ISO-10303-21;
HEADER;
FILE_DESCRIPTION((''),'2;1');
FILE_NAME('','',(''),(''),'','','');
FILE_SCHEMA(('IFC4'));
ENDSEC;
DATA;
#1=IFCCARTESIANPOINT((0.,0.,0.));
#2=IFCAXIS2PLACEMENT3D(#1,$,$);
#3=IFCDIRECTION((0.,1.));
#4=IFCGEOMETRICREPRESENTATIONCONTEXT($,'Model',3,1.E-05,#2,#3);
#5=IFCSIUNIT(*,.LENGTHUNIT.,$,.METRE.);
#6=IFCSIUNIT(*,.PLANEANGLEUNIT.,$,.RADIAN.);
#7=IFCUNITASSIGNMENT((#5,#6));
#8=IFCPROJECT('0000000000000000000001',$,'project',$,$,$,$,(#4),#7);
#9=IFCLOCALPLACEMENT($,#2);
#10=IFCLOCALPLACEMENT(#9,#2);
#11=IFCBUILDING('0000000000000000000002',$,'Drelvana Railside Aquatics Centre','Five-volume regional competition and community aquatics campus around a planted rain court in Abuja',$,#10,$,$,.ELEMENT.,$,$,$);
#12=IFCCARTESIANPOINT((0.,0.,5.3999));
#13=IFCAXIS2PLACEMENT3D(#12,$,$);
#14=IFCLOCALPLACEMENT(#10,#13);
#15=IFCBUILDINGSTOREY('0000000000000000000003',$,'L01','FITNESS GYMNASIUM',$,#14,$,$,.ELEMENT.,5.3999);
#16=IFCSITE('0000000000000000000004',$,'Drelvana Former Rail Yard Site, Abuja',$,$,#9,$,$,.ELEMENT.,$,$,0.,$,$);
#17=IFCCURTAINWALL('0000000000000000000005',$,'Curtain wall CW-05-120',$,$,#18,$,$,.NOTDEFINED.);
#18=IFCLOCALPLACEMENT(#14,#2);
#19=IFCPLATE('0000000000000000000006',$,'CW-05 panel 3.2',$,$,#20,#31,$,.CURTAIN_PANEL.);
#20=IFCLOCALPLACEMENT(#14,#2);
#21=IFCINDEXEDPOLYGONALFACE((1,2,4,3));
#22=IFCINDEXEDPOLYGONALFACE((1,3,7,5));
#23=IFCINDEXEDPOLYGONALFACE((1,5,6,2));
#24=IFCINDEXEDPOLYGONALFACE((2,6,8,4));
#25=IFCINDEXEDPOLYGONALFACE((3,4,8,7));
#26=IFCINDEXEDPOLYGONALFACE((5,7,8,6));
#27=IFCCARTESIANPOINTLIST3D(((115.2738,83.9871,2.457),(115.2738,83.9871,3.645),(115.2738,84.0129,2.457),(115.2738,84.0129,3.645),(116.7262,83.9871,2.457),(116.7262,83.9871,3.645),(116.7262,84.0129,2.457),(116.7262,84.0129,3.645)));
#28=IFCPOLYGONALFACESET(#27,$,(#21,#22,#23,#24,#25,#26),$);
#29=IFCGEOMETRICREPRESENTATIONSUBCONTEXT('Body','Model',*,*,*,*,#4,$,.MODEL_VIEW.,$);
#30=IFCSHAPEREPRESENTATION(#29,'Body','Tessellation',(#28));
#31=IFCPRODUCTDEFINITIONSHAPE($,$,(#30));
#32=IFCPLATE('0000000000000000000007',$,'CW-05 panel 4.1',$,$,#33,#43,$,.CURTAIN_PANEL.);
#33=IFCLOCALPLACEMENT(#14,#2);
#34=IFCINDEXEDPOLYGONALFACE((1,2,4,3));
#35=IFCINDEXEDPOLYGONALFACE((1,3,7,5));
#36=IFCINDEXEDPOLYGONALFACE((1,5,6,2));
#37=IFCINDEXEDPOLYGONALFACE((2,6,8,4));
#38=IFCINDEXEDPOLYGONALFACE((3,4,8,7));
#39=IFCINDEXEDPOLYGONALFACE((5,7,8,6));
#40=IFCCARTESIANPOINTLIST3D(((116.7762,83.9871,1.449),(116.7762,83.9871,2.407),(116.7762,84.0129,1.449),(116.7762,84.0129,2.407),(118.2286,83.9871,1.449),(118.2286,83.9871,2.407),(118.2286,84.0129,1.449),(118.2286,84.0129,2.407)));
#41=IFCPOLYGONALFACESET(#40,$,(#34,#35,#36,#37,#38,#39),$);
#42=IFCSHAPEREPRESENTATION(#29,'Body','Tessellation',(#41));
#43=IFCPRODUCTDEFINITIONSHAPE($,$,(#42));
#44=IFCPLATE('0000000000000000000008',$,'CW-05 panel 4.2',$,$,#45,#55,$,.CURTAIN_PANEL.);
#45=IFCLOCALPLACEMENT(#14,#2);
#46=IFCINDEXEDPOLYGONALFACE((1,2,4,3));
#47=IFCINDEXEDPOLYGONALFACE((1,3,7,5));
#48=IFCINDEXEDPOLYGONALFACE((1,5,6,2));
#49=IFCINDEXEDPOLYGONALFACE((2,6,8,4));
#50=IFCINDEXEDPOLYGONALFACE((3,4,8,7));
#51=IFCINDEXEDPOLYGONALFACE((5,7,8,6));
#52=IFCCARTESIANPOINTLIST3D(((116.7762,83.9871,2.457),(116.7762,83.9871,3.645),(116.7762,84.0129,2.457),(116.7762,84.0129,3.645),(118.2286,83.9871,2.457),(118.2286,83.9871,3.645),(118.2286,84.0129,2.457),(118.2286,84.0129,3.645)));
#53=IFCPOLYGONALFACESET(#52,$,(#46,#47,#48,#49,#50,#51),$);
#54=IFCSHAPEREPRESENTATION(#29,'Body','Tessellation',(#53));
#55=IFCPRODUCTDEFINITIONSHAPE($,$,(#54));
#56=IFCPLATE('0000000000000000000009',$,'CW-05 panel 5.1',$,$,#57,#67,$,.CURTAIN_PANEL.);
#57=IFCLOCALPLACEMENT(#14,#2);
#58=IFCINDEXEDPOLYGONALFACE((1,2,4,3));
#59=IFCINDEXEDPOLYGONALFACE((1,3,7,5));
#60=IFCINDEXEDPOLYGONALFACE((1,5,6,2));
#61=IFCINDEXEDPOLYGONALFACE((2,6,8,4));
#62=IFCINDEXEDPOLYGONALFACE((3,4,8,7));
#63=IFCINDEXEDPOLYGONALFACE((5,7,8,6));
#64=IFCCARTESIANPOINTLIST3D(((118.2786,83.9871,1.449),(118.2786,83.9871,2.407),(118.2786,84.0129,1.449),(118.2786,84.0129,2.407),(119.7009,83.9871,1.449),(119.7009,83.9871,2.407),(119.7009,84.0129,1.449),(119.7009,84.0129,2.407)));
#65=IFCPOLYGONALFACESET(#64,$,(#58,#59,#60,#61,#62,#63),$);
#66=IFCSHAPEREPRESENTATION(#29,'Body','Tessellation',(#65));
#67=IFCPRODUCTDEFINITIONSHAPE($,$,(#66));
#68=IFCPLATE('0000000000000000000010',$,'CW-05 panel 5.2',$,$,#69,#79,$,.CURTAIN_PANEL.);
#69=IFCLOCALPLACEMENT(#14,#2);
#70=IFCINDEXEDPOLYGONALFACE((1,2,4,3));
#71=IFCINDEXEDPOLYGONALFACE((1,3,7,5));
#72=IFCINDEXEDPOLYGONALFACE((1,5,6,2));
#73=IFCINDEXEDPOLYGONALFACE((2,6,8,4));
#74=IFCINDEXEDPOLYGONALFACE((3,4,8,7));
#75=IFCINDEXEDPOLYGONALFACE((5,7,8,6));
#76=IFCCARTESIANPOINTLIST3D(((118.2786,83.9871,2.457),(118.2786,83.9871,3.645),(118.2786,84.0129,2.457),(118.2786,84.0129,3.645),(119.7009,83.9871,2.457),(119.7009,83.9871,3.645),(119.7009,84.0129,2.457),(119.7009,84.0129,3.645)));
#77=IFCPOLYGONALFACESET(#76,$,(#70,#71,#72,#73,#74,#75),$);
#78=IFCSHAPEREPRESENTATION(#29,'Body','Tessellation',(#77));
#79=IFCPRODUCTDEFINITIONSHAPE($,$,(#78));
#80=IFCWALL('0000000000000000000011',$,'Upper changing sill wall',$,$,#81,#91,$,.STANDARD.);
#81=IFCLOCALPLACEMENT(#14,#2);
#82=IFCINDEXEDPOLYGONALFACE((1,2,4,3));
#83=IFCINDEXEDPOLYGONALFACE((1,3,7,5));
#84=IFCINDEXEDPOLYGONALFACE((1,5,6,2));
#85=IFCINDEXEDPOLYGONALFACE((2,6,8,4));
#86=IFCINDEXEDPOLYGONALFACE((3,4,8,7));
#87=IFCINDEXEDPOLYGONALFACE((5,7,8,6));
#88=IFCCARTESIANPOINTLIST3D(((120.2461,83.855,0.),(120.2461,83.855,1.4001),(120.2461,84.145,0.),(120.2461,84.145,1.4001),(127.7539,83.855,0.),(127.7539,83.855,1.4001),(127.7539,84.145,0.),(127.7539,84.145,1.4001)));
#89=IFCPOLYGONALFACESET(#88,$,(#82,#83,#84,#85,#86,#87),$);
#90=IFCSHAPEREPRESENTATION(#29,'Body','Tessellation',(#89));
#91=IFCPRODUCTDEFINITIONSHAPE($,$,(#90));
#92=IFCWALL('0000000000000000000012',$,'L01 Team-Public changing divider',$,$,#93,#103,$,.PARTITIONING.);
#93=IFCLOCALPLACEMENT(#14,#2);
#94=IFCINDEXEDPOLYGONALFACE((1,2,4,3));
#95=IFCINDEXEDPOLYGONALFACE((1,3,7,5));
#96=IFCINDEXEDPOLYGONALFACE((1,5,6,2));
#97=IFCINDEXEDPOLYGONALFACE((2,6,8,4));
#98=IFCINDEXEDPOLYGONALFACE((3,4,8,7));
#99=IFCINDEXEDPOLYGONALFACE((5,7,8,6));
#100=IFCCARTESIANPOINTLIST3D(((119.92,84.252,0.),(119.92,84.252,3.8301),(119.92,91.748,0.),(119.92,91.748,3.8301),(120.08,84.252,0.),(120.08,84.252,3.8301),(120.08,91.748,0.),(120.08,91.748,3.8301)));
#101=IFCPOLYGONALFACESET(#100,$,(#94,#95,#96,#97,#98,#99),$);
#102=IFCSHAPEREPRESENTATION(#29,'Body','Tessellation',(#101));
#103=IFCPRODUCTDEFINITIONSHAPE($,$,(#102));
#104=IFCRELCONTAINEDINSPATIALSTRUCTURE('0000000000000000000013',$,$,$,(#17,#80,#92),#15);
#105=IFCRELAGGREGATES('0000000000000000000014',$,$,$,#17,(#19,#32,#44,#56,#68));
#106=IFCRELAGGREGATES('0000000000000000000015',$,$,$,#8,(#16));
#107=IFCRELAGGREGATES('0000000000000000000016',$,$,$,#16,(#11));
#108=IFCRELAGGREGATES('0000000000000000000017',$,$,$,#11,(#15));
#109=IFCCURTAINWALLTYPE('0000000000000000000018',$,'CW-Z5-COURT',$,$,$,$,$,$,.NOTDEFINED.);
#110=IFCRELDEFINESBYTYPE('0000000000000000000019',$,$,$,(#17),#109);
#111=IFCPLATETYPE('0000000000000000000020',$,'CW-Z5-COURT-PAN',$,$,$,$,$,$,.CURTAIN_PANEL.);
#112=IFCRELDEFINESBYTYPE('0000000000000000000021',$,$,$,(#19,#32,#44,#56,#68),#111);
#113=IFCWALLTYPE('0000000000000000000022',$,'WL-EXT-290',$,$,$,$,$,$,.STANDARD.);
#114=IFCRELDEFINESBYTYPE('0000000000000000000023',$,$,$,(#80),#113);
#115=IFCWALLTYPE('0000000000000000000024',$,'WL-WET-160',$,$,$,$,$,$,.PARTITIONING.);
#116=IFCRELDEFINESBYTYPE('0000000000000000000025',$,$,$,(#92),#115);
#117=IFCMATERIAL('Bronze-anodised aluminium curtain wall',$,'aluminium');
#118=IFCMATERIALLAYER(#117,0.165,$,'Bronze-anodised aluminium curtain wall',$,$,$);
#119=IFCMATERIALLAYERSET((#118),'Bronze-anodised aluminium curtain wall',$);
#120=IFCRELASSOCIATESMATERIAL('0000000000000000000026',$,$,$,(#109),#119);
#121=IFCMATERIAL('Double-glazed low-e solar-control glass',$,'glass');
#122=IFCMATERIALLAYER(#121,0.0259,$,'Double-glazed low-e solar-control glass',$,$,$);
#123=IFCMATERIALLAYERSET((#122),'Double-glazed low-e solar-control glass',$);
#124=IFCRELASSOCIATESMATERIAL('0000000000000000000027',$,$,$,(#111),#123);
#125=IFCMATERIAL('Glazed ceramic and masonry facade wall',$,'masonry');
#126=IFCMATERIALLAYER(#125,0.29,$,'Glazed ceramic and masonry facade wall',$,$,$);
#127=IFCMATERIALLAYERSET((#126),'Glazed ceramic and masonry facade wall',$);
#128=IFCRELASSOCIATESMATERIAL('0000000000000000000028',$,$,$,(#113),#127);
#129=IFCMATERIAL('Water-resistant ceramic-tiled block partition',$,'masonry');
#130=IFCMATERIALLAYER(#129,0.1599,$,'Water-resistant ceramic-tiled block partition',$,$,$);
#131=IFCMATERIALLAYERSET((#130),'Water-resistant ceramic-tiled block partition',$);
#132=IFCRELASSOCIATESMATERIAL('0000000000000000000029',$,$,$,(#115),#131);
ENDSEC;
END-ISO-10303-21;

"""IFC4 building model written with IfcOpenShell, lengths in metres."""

from ifc_helpers import new_model, si_unit, direction, frame, frame_2d, origin, origin_2d, place, context, subcontext, project, spatial, rectangle, extrude, material, layer, layer_set, type_object, element, aggregate, save


model = new_model("IFC4")

# Units and contexts
model_context = context("Model", 3, precision=1e-05, world=origin(), true_north=direction((0.0, 1.0)))
body_context = subcontext(model_context, "Body", "Model", "MODEL_VIEW")
ifc_project = project(units=[si_unit("LENGTHUNIT", "METRE"), si_unit("PLANEANGLEUNIT", "RADIAN")], contexts=[model_context])

# Site, building, storey
site_placement = place(None, origin())
site = spatial("IfcSite", under=ifc_project, at=site_placement, Name="Drelvana Former Rail Yard Site, Abuja", CompositionType="ELEMENT", RefElevation=0.0)
building_placement = place(site_placement, origin())
building = spatial("IfcBuilding", under=site, at=building_placement, Name="Drelvana Railside Aquatics Centre", Description="Five-volume regional competition and community aquatics campus around a planted rain court in Abuja", CompositionType="ELEMENT")
storey_placement = place(building_placement, frame((0.0, 0.0, 5.3999)))
storey = spatial("IfcBuildingStorey", under=building, at=storey_placement, Name="L01", Description="FITNESS GYMNASIUM", CompositionType="ELEMENT", Elevation=5.3999)

# Curtain wall
ifc_material_1 = material(Name="Bronze-anodised aluminium curtain wall", Category="aluminium")
ifc_layer_1 = layer(ifc_material_1, 0.165, Name="Bronze-anodised aluminium curtain wall")
ifc_layer_set_1 = layer_set([ifc_layer_1], Name="Bronze-anodised aluminium curtain wall")
curtain_wall_type = type_object("IfcCurtainWallType", Name="CW-Z5-COURT", PredefinedType="NOTDEFINED", material=ifc_layer_set_1)
curtain_wall_1_placement = place(storey_placement, origin())
curtain_wall_1 = element("IfcCurtainWall", 1, at=curtain_wall_1_placement, inside=storey, type_object=curtain_wall_type, Name="Curtain wall CW-05-120", PredefinedType="NOTDEFINED")

# Plates
ifc_material_2 = material(Name="Double-glazed low-e solar-control glass", Category="glass")
ifc_layer_2 = layer(ifc_material_2, 0.0259, Name="Double-glazed low-e solar-control glass")
ifc_layer_set_2 = layer_set([ifc_layer_2], Name="Double-glazed low-e solar-control glass")
plate_type = type_object("IfcPlateType", Name="CW-Z5-COURT-PAN", PredefinedType="CURTAIN_PANEL", material=ifc_layer_set_2)
plate_1_placement = place(storey_placement, frame((116.0, 84.0, 2.457), z_axis=(0.0, 0.0, 1.0), x_axis=(1.0, 0.0, 0.0)))
plate_1 = element("IfcPlate", 2, at=plate_1_placement, type_object=plate_type, Name="CW-05 panel 3.2", PredefinedType="CURTAIN_PANEL", context=body_context, shape_type="SweptSolid", body=[
    extrude(rectangle(XDim=1.4524, YDim=0.0259, at=origin_2d()), origin(), (0.0, 0.0, 1.0), 1.188),
])
plate_2_placement = place(storey_placement, frame((117.5024, 84.0, 1.449), z_axis=(0.0, 0.0, 1.0), x_axis=(1.0, 0.0, 0.0)))
plate_2 = element("IfcPlate", 3, at=plate_2_placement, type_object=plate_type, Name="CW-05 panel 4.1", PredefinedType="CURTAIN_PANEL", context=body_context, shape_type="SweptSolid", body=[
    extrude(rectangle(XDim=1.4524, YDim=0.0259, at=origin_2d()), origin(), (0.0, 0.0, 1.0), 0.958),
])
plate_3_placement = place(storey_placement, frame((117.5024, 84.0, 2.457), z_axis=(0.0, 0.0, 1.0), x_axis=(1.0, 0.0, 0.0)))
plate_3 = element("IfcPlate", 4, at=plate_3_placement, type_object=plate_type, Name="CW-05 panel 4.2", PredefinedType="CURTAIN_PANEL", context=body_context, shape_type="SweptSolid", body=[
    extrude(rectangle(XDim=1.4524, YDim=0.0259, at=origin_2d()), origin(), (0.0, 0.0, 1.0), 1.188),
])
plate_4_placement = place(storey_placement, frame((118.9897, 84.0, 1.449), z_axis=(0.0, 0.0, 1.0), x_axis=(1.0, 0.0, 0.0)))
plate_4 = element("IfcPlate", 5, at=plate_4_placement, type_object=plate_type, Name="CW-05 panel 5.1", PredefinedType="CURTAIN_PANEL", context=body_context, shape_type="SweptSolid", body=[
    extrude(rectangle(XDim=1.4224, YDim=0.0259, at=origin_2d()), origin(), (0.0, 0.0, 1.0), 0.958),
])
plate_5_placement = place(storey_placement, frame((118.9897, 84.0, 2.457), z_axis=(0.0, 0.0, 1.0), x_axis=(1.0, 0.0, 0.0)))
plate_5 = element("IfcPlate", 6, at=plate_5_placement, type_object=plate_type, Name="CW-05 panel 5.2", PredefinedType="CURTAIN_PANEL", context=body_context, shape_type="SweptSolid", body=[
    extrude(rectangle(XDim=1.4224, YDim=0.0259, at=origin_2d()), origin(), (0.0, 0.0, 1.0), 1.188),
])
aggregate(curtain_wall_1, [plate_1, plate_2, plate_3, plate_4, plate_5])

# Walls
ifc_material_3 = material(Name="Glazed ceramic and masonry facade wall", Category="masonry")
ifc_layer_3 = layer(ifc_material_3, 0.29, Name="Glazed ceramic and masonry facade wall")
ifc_layer_set_3 = layer_set([ifc_layer_3], Name="Glazed ceramic and masonry facade wall")
wall_type_1 = type_object("IfcWallType", Name="WL-EXT-290", PredefinedType="STANDARD", material=ifc_layer_set_3)
wall_1_placement = place(storey_placement, frame((120.2461, 84.0, 0.0), z_axis=(0.0, 0.0, 1.0), x_axis=(1.0, 0.0, 0.0)))
element("IfcWall", 7, at=wall_1_placement, inside=storey, type_object=wall_type_1, Name="Upper changing sill wall", PredefinedType="STANDARD", context=body_context, shape_type="SweptSolid", body=[
    extrude(rectangle(XDim=7.5078, YDim=0.29, at=frame_2d((3.7539, 0.0))), origin(), (0.0, 0.0, 1.0), 1.4001),
])
ifc_material_4 = material(Name="Water-resistant ceramic-tiled block partition", Category="masonry")
ifc_layer_4 = layer(ifc_material_4, 0.1599, Name="Water-resistant ceramic-tiled block partition")
ifc_layer_set_4 = layer_set([ifc_layer_4], Name="Water-resistant ceramic-tiled block partition")
wall_type_2 = type_object("IfcWallType", Name="WL-WET-160", PredefinedType="PARTITIONING", material=ifc_layer_set_4)
wall_2_placement = place(storey_placement, frame((120.0, 84.252, 0.0), z_axis=(0.0, 0.0, 1.0), x_axis=(0.0, 1.0, 0.0)))
element("IfcWall", 8, at=wall_2_placement, inside=storey, type_object=wall_type_2, Name="L01 Team-Public changing divider", PredefinedType="PARTITIONING", context=body_context, shape_type="SweptSolid", body=[
    extrude(rectangle(XDim=7.4961, YDim=0.1599, at=frame_2d((3.748, 0.0))), origin(), (0.0, 0.0, 1.0), 3.8301),
])

save(model, "model.ifc")
